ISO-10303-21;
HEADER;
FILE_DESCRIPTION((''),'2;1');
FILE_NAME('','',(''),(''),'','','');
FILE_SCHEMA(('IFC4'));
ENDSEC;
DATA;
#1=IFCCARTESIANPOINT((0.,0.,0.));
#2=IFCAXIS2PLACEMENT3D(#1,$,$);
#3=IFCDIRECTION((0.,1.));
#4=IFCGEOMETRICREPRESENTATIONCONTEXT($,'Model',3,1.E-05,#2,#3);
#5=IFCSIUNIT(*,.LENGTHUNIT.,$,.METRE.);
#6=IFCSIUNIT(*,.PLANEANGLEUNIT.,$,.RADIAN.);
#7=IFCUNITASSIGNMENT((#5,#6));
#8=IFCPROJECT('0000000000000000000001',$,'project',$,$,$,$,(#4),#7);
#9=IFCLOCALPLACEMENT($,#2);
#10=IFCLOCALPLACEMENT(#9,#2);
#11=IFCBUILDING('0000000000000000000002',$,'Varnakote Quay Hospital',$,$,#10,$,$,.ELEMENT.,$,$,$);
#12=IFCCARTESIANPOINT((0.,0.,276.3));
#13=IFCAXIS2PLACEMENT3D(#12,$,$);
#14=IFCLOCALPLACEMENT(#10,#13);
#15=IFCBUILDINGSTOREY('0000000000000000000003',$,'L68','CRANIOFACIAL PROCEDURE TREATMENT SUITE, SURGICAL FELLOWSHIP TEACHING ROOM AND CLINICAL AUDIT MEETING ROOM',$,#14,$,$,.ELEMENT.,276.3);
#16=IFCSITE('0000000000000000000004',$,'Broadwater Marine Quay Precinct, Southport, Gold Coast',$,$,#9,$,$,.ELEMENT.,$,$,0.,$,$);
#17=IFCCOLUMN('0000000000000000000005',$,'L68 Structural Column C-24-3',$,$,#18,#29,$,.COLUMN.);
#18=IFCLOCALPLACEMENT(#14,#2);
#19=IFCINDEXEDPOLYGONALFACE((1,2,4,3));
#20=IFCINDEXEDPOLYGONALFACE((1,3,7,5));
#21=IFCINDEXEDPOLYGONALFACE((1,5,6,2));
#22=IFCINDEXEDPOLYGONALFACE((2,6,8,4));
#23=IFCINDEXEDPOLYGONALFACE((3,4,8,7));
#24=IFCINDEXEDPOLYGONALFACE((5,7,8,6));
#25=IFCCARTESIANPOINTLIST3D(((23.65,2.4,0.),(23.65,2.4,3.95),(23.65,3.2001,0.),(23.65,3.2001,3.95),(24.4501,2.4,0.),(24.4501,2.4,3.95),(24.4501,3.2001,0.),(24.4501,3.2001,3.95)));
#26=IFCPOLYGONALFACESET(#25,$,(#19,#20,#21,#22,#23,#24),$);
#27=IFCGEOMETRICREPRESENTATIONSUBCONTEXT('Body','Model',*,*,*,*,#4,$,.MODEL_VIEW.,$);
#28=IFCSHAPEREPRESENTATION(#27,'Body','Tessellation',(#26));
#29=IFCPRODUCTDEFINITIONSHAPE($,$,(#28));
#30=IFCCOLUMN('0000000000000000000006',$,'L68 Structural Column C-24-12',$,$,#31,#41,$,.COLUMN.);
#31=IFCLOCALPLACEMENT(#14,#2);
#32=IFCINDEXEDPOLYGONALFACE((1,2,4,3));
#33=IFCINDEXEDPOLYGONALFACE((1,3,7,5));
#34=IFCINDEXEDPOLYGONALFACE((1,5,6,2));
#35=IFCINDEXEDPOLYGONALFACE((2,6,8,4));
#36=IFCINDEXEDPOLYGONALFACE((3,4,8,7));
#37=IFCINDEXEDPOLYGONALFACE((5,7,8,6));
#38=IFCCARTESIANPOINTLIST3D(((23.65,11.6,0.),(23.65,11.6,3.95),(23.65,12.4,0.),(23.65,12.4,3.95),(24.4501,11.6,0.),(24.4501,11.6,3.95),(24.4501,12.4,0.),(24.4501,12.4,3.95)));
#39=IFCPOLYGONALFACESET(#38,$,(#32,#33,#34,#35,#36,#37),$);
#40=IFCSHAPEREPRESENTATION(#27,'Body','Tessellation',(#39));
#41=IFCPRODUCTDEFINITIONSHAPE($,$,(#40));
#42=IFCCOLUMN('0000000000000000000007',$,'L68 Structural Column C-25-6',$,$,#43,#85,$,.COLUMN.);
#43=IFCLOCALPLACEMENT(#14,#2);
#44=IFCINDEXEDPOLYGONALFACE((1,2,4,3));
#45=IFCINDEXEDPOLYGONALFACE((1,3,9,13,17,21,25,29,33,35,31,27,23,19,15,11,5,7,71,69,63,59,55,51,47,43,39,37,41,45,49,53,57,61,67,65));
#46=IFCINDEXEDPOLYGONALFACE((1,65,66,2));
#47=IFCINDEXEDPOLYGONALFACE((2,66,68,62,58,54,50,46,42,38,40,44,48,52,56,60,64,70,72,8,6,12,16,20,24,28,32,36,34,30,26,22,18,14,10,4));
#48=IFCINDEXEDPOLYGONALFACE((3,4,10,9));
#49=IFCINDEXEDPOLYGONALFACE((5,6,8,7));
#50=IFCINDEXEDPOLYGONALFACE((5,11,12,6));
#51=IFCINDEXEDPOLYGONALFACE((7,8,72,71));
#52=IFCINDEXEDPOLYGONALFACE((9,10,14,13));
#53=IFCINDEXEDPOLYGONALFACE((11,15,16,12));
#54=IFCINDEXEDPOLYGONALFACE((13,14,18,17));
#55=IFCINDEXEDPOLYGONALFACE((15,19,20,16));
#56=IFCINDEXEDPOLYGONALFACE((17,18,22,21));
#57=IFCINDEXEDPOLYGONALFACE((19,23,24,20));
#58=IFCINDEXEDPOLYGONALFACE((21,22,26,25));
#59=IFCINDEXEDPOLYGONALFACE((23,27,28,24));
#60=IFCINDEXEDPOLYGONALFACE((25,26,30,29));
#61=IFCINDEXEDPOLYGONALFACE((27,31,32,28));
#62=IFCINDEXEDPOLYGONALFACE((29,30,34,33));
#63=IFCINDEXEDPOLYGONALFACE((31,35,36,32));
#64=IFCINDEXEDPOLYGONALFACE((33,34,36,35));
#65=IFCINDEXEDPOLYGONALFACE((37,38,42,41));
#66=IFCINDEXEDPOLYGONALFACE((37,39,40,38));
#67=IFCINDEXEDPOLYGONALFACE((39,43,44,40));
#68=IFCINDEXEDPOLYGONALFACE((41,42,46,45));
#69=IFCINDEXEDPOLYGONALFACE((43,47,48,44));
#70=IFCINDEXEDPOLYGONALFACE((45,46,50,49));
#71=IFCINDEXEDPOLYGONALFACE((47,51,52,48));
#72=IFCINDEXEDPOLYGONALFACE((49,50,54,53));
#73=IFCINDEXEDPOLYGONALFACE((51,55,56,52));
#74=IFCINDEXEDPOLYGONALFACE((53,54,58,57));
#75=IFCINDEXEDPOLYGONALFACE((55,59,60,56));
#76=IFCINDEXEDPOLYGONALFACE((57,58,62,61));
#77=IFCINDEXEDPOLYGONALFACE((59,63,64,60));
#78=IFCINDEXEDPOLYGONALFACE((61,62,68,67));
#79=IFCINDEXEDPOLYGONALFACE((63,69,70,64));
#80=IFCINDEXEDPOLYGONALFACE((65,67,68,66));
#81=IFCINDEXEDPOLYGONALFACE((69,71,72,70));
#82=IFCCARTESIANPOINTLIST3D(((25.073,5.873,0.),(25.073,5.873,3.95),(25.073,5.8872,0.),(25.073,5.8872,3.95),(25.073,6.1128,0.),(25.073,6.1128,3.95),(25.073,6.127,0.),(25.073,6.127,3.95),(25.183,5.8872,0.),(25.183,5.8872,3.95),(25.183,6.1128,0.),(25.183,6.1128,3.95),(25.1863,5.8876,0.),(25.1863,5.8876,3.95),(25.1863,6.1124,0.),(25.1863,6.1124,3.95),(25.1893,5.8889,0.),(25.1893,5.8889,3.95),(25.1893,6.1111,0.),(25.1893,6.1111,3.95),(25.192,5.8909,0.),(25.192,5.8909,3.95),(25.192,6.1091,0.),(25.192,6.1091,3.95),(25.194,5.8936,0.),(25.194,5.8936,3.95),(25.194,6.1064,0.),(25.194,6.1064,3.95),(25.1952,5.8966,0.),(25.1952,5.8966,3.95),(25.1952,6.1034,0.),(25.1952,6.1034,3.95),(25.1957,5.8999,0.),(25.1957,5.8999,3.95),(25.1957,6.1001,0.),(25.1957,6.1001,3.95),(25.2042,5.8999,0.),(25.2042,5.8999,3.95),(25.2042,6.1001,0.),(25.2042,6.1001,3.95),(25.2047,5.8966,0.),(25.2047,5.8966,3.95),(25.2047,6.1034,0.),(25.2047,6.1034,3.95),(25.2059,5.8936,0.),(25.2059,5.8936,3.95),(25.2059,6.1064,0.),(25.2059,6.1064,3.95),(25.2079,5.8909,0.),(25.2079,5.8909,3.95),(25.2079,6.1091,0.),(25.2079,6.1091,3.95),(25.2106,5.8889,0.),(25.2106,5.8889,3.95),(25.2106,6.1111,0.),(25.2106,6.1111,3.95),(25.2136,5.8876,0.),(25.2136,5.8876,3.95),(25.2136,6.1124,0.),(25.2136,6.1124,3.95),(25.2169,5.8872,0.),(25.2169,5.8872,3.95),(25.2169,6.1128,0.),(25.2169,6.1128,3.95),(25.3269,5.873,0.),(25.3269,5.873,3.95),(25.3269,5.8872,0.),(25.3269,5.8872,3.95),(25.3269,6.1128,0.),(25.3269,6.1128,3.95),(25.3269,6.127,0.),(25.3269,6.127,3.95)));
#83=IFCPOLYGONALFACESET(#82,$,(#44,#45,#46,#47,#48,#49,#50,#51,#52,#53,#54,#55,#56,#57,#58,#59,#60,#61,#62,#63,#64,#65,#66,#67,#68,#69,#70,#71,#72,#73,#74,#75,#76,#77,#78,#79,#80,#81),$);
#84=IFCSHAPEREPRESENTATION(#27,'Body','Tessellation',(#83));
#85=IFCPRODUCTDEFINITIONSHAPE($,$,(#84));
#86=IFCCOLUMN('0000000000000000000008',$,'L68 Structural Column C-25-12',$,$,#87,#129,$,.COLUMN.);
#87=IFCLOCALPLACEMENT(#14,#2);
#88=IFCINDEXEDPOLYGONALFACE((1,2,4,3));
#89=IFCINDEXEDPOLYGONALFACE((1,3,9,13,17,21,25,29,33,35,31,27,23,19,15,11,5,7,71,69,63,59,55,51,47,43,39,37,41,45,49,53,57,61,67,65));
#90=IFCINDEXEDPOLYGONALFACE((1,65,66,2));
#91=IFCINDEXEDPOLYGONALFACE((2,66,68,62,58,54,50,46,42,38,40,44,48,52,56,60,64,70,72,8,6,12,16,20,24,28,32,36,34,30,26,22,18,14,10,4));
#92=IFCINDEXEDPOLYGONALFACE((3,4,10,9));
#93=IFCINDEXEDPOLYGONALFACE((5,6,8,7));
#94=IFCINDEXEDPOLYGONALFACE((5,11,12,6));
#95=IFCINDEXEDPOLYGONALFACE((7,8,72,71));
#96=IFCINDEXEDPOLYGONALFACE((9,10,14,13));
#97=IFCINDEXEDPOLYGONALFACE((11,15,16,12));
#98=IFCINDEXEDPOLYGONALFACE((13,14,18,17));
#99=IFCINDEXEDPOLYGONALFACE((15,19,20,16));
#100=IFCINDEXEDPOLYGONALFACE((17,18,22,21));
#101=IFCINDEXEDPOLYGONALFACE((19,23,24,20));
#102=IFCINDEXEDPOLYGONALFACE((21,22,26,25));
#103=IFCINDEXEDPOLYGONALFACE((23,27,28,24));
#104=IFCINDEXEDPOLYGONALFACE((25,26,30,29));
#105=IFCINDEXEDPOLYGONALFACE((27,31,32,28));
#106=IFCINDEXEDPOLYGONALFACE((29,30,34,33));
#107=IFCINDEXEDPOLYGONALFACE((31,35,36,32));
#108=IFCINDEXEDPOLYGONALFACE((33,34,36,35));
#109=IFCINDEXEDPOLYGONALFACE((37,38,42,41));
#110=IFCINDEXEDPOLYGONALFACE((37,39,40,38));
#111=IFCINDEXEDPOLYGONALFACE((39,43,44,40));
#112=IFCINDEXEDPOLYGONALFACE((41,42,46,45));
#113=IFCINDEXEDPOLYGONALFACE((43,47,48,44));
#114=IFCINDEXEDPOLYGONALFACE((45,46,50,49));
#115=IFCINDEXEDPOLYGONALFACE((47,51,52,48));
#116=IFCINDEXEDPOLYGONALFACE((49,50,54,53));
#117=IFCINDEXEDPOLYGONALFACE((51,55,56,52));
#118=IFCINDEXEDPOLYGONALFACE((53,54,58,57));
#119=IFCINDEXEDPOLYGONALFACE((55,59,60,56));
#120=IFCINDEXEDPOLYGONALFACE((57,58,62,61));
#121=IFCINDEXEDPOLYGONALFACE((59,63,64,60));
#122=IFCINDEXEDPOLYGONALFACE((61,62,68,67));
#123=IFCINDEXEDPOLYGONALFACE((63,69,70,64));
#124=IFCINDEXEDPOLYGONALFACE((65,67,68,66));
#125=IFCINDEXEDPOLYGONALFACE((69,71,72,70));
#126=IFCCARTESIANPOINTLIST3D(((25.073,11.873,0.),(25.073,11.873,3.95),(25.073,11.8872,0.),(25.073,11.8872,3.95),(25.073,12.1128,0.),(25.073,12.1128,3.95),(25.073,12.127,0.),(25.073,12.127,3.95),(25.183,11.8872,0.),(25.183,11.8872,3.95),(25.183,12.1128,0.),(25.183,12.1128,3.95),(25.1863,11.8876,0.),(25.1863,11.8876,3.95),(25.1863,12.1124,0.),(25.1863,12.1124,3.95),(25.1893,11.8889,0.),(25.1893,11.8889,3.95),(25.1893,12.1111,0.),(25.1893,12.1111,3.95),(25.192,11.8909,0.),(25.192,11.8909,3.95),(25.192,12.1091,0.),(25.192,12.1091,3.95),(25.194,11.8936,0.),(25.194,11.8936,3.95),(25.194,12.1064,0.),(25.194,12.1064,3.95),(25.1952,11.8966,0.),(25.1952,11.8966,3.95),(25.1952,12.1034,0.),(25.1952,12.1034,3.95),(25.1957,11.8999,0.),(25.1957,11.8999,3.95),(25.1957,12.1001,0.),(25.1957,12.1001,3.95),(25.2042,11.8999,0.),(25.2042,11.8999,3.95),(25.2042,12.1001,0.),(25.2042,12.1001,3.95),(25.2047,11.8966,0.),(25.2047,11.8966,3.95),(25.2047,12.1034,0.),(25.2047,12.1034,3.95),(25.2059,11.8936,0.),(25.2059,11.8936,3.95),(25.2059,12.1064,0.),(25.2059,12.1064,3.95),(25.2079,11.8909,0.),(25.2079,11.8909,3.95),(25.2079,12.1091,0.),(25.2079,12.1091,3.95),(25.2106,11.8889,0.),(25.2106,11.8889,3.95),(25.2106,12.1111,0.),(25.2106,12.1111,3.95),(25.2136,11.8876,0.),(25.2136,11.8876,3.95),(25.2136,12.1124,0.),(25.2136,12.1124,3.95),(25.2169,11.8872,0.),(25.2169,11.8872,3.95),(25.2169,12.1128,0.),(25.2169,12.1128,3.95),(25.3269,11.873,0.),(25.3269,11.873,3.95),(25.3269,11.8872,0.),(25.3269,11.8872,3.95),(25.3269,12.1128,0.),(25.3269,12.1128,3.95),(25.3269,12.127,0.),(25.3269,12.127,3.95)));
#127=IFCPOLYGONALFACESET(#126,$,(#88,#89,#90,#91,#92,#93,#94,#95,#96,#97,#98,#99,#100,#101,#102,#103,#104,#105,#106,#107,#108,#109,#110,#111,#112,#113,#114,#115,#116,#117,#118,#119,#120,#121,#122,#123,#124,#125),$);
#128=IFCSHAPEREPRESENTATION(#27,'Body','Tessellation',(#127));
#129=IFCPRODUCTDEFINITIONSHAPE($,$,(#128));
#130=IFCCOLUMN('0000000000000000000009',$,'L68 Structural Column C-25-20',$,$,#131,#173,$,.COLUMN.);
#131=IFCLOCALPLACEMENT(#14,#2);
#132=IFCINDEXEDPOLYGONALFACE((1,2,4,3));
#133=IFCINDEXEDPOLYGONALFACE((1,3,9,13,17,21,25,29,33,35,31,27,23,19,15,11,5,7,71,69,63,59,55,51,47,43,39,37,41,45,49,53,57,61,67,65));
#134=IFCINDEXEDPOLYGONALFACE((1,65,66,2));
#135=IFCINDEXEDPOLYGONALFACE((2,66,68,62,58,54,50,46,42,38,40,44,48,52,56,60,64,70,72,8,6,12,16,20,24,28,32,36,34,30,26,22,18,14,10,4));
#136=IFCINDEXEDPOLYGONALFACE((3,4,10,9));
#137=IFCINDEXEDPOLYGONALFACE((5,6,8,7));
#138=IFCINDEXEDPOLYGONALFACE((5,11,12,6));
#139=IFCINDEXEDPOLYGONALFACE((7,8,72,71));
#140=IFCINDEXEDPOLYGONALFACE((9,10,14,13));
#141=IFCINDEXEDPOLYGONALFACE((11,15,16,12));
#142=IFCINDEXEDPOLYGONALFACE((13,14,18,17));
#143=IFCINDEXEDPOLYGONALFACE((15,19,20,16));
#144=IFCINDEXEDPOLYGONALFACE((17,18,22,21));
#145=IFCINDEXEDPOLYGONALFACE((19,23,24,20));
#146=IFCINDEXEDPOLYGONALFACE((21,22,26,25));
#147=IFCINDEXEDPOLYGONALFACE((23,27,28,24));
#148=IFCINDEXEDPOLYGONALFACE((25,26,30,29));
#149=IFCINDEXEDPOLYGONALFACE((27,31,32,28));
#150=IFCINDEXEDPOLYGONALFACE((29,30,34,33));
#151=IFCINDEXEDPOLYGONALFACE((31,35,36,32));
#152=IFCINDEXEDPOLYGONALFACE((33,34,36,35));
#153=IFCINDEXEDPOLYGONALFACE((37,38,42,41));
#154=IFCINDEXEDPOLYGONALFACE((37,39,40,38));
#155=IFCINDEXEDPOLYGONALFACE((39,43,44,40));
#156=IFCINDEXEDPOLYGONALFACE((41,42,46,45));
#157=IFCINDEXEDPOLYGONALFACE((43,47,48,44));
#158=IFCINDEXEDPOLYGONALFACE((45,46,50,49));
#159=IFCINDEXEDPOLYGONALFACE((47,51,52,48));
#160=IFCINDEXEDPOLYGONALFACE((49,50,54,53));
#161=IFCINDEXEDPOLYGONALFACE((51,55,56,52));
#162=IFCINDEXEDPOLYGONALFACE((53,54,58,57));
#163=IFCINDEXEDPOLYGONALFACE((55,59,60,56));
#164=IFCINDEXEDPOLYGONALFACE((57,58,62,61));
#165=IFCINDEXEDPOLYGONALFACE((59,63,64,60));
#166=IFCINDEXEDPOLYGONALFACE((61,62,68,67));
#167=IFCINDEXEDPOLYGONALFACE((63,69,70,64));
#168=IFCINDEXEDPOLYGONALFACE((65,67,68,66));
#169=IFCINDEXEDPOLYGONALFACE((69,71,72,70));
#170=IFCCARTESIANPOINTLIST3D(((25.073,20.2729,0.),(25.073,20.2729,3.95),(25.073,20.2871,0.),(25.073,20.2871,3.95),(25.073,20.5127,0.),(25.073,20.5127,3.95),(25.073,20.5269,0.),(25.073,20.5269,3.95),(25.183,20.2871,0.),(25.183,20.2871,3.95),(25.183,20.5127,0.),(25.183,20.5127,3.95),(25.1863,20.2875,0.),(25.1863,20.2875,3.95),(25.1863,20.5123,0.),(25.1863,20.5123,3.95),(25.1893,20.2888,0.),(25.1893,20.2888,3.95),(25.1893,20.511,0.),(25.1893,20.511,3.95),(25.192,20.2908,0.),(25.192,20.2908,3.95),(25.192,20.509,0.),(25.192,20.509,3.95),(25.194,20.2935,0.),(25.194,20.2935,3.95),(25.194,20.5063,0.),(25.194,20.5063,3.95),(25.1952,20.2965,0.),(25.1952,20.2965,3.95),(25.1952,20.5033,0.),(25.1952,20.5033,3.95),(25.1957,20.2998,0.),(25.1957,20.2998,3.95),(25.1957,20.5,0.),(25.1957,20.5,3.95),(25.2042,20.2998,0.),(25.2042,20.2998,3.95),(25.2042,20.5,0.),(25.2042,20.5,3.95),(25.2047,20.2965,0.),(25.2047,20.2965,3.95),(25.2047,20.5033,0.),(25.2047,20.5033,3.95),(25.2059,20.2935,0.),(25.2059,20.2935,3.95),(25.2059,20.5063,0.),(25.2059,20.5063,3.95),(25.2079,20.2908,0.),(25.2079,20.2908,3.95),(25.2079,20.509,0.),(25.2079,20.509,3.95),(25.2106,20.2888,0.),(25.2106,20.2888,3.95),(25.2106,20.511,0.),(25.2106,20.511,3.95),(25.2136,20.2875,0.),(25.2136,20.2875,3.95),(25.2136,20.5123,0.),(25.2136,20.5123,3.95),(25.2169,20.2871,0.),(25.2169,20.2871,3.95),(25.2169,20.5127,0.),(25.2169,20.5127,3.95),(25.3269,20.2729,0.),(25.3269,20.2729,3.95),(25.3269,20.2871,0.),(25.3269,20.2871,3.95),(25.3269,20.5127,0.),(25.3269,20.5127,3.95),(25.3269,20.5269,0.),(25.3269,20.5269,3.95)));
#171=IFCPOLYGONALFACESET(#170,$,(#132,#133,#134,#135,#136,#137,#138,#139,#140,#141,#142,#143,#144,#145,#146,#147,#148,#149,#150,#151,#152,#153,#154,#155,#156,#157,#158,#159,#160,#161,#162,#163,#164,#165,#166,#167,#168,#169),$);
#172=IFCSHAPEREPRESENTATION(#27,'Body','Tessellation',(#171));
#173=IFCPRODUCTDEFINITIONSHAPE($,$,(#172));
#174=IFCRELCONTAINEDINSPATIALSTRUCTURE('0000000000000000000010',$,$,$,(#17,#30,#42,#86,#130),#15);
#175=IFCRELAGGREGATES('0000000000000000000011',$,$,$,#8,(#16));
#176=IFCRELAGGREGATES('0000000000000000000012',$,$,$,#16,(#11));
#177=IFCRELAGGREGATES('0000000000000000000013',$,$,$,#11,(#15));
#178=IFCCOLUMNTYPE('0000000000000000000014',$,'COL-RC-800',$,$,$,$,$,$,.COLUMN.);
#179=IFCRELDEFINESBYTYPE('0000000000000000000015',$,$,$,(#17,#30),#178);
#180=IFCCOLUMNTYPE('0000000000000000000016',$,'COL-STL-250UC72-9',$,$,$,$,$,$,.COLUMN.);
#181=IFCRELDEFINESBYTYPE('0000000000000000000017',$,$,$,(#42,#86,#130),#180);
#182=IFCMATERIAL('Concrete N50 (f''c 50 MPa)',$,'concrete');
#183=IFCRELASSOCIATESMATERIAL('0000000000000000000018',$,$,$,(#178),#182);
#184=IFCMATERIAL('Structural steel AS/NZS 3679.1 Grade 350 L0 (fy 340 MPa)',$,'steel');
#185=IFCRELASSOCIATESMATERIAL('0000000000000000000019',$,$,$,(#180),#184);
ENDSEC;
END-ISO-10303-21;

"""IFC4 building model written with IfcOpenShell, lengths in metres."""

from ifc_helpers import new_model, si_unit, direction, frame, origin, origin_2d, place, context, subcontext, project, spatial, rectangle, i_section, extrude, material, material_profile, profile_set, type_object, element, save


model = new_model("IFC4")

# Units and contexts
model_context = context("Model", 3, precision=1e-05, world=origin(), true_north=direction((0.0, 1.0)))
body_context = subcontext(model_context, "Body", "Model", "MODEL_VIEW")
ifc_project = project(units=[si_unit("LENGTHUNIT", "METRE"), si_unit("PLANEANGLEUNIT", "RADIAN")], contexts=[model_context])

# Site, building, storey
site_placement = place(None, origin())
site = spatial("IfcSite", under=ifc_project, at=site_placement, Name="Broadwater Marine Quay Precinct, Southport, Gold Coast", CompositionType="ELEMENT", RefElevation=0.0)
building_placement = place(site_placement, origin())
building = spatial("IfcBuilding", under=site, at=building_placement, Name="Varnakote Quay Hospital", CompositionType="ELEMENT")
storey_placement = place(building_placement, frame((0.0, 0.0, 276.3)))
storey = spatial("IfcBuildingStorey", under=building, at=storey_placement, Name="L68", Description="CRANIOFACIAL PROCEDURE TREATMENT SUITE, SURGICAL FELLOWSHIP TEACHING ROOM AND CLINICAL AUDIT MEETING ROOM", CompositionType="ELEMENT", Elevation=276.3)

# Columns
ifc_material_1 = material(Name="Concrete N50 (f'c 50 MPa)", Category="concrete")
ifc_material_profile_1 = material_profile(ifc_material_1, rectangle(XDim=0.8, YDim=0.8, at=origin_2d()), Name="RC-COL-800x800")
ifc_profile_set_1 = profile_set([ifc_material_profile_1], Name="Concrete N50 (f'c 50 MPa)")
column_type_1 = type_object("IfcColumnType", Name="COL-RC-800", PredefinedType="COLUMN", material=ifc_profile_set_1)
for number, where, z_axis, x_axis, name in (
    (1, (24.05, 2.8, 0.0), (0.0, 0.0, 1.0), (1.0, 0.0, 0.0), "L68 Structural Column C-24-3"),
    (2, (24.05, 12.0, 0.0), (0.0, 0.0, 1.0), (1.0, 0.0, 0.0), "L68 Structural Column C-24-12"),
):
    element("IfcColumn", number, at=place(storey_placement, frame(where, z_axis=z_axis, x_axis=x_axis)), inside=storey, type_object=column_type_1, Name=name, PredefinedType="COLUMN", context=body_context, shape_type="SweptSolid", body=[
        extrude(rectangle(XDim=0.8, YDim=0.8, at=origin_2d()), origin(), (0.0, 0.0, 1.0), 3.95),
    ])
ifc_material_2 = material(Name="Structural steel AS/NZS 3679.1 Grade 350 L0 (fy 340 MPa)", Category="steel")
ifc_material_profile_2 = material_profile(ifc_material_2, i_section(OverallWidth=0.2539, OverallDepth=0.2539, WebThickness=0.0085, FlangeThickness=0.0142, FilletRadius=0.0127, at=origin_2d()), Name="250UC72.9")
ifc_profile_set_2 = profile_set([ifc_material_profile_2], Name="Structural steel AS/NZS 3679.1 Grade 350 L0 (fy 340 MPa)")
column_type_2 = type_object("IfcColumnType", Name="COL-STL-250UC72-9", PredefinedType="COLUMN", material=ifc_profile_set_2)
for number, where, z_axis, x_axis, name in (
    (3, (25.2, 6.0, 0.0), (0.0, 0.0, 1.0), (1.0, 0.0, 0.0), "L68 Structural Column C-25-6"),
    (4, (25.2, 12.0, 0.0), (0.0, 0.0, 1.0), (1.0, 0.0, 0.0), "L68 Structural Column C-25-12"),
    (5, (25.2, 20.3999, 0.0), (0.0, 0.0, 1.0), (1.0, 0.0, 0.0), "L68 Structural Column C-25-20"),
):
    element("IfcColumn", number, at=place(storey_placement, frame(where, z_axis=z_axis, x_axis=x_axis)), inside=storey, type_object=column_type_2, Name=name, PredefinedType="COLUMN", context=body_context, shape_type="SweptSolid", body=[
        extrude(i_section(OverallWidth=0.2539, OverallDepth=0.2539, WebThickness=0.0085, FlangeThickness=0.0142, FilletRadius=0.0127, at=origin_2d()), origin(), (0.0, 0.0, 1.0), 3.95),
    ])

save(model, "model.ifc")
